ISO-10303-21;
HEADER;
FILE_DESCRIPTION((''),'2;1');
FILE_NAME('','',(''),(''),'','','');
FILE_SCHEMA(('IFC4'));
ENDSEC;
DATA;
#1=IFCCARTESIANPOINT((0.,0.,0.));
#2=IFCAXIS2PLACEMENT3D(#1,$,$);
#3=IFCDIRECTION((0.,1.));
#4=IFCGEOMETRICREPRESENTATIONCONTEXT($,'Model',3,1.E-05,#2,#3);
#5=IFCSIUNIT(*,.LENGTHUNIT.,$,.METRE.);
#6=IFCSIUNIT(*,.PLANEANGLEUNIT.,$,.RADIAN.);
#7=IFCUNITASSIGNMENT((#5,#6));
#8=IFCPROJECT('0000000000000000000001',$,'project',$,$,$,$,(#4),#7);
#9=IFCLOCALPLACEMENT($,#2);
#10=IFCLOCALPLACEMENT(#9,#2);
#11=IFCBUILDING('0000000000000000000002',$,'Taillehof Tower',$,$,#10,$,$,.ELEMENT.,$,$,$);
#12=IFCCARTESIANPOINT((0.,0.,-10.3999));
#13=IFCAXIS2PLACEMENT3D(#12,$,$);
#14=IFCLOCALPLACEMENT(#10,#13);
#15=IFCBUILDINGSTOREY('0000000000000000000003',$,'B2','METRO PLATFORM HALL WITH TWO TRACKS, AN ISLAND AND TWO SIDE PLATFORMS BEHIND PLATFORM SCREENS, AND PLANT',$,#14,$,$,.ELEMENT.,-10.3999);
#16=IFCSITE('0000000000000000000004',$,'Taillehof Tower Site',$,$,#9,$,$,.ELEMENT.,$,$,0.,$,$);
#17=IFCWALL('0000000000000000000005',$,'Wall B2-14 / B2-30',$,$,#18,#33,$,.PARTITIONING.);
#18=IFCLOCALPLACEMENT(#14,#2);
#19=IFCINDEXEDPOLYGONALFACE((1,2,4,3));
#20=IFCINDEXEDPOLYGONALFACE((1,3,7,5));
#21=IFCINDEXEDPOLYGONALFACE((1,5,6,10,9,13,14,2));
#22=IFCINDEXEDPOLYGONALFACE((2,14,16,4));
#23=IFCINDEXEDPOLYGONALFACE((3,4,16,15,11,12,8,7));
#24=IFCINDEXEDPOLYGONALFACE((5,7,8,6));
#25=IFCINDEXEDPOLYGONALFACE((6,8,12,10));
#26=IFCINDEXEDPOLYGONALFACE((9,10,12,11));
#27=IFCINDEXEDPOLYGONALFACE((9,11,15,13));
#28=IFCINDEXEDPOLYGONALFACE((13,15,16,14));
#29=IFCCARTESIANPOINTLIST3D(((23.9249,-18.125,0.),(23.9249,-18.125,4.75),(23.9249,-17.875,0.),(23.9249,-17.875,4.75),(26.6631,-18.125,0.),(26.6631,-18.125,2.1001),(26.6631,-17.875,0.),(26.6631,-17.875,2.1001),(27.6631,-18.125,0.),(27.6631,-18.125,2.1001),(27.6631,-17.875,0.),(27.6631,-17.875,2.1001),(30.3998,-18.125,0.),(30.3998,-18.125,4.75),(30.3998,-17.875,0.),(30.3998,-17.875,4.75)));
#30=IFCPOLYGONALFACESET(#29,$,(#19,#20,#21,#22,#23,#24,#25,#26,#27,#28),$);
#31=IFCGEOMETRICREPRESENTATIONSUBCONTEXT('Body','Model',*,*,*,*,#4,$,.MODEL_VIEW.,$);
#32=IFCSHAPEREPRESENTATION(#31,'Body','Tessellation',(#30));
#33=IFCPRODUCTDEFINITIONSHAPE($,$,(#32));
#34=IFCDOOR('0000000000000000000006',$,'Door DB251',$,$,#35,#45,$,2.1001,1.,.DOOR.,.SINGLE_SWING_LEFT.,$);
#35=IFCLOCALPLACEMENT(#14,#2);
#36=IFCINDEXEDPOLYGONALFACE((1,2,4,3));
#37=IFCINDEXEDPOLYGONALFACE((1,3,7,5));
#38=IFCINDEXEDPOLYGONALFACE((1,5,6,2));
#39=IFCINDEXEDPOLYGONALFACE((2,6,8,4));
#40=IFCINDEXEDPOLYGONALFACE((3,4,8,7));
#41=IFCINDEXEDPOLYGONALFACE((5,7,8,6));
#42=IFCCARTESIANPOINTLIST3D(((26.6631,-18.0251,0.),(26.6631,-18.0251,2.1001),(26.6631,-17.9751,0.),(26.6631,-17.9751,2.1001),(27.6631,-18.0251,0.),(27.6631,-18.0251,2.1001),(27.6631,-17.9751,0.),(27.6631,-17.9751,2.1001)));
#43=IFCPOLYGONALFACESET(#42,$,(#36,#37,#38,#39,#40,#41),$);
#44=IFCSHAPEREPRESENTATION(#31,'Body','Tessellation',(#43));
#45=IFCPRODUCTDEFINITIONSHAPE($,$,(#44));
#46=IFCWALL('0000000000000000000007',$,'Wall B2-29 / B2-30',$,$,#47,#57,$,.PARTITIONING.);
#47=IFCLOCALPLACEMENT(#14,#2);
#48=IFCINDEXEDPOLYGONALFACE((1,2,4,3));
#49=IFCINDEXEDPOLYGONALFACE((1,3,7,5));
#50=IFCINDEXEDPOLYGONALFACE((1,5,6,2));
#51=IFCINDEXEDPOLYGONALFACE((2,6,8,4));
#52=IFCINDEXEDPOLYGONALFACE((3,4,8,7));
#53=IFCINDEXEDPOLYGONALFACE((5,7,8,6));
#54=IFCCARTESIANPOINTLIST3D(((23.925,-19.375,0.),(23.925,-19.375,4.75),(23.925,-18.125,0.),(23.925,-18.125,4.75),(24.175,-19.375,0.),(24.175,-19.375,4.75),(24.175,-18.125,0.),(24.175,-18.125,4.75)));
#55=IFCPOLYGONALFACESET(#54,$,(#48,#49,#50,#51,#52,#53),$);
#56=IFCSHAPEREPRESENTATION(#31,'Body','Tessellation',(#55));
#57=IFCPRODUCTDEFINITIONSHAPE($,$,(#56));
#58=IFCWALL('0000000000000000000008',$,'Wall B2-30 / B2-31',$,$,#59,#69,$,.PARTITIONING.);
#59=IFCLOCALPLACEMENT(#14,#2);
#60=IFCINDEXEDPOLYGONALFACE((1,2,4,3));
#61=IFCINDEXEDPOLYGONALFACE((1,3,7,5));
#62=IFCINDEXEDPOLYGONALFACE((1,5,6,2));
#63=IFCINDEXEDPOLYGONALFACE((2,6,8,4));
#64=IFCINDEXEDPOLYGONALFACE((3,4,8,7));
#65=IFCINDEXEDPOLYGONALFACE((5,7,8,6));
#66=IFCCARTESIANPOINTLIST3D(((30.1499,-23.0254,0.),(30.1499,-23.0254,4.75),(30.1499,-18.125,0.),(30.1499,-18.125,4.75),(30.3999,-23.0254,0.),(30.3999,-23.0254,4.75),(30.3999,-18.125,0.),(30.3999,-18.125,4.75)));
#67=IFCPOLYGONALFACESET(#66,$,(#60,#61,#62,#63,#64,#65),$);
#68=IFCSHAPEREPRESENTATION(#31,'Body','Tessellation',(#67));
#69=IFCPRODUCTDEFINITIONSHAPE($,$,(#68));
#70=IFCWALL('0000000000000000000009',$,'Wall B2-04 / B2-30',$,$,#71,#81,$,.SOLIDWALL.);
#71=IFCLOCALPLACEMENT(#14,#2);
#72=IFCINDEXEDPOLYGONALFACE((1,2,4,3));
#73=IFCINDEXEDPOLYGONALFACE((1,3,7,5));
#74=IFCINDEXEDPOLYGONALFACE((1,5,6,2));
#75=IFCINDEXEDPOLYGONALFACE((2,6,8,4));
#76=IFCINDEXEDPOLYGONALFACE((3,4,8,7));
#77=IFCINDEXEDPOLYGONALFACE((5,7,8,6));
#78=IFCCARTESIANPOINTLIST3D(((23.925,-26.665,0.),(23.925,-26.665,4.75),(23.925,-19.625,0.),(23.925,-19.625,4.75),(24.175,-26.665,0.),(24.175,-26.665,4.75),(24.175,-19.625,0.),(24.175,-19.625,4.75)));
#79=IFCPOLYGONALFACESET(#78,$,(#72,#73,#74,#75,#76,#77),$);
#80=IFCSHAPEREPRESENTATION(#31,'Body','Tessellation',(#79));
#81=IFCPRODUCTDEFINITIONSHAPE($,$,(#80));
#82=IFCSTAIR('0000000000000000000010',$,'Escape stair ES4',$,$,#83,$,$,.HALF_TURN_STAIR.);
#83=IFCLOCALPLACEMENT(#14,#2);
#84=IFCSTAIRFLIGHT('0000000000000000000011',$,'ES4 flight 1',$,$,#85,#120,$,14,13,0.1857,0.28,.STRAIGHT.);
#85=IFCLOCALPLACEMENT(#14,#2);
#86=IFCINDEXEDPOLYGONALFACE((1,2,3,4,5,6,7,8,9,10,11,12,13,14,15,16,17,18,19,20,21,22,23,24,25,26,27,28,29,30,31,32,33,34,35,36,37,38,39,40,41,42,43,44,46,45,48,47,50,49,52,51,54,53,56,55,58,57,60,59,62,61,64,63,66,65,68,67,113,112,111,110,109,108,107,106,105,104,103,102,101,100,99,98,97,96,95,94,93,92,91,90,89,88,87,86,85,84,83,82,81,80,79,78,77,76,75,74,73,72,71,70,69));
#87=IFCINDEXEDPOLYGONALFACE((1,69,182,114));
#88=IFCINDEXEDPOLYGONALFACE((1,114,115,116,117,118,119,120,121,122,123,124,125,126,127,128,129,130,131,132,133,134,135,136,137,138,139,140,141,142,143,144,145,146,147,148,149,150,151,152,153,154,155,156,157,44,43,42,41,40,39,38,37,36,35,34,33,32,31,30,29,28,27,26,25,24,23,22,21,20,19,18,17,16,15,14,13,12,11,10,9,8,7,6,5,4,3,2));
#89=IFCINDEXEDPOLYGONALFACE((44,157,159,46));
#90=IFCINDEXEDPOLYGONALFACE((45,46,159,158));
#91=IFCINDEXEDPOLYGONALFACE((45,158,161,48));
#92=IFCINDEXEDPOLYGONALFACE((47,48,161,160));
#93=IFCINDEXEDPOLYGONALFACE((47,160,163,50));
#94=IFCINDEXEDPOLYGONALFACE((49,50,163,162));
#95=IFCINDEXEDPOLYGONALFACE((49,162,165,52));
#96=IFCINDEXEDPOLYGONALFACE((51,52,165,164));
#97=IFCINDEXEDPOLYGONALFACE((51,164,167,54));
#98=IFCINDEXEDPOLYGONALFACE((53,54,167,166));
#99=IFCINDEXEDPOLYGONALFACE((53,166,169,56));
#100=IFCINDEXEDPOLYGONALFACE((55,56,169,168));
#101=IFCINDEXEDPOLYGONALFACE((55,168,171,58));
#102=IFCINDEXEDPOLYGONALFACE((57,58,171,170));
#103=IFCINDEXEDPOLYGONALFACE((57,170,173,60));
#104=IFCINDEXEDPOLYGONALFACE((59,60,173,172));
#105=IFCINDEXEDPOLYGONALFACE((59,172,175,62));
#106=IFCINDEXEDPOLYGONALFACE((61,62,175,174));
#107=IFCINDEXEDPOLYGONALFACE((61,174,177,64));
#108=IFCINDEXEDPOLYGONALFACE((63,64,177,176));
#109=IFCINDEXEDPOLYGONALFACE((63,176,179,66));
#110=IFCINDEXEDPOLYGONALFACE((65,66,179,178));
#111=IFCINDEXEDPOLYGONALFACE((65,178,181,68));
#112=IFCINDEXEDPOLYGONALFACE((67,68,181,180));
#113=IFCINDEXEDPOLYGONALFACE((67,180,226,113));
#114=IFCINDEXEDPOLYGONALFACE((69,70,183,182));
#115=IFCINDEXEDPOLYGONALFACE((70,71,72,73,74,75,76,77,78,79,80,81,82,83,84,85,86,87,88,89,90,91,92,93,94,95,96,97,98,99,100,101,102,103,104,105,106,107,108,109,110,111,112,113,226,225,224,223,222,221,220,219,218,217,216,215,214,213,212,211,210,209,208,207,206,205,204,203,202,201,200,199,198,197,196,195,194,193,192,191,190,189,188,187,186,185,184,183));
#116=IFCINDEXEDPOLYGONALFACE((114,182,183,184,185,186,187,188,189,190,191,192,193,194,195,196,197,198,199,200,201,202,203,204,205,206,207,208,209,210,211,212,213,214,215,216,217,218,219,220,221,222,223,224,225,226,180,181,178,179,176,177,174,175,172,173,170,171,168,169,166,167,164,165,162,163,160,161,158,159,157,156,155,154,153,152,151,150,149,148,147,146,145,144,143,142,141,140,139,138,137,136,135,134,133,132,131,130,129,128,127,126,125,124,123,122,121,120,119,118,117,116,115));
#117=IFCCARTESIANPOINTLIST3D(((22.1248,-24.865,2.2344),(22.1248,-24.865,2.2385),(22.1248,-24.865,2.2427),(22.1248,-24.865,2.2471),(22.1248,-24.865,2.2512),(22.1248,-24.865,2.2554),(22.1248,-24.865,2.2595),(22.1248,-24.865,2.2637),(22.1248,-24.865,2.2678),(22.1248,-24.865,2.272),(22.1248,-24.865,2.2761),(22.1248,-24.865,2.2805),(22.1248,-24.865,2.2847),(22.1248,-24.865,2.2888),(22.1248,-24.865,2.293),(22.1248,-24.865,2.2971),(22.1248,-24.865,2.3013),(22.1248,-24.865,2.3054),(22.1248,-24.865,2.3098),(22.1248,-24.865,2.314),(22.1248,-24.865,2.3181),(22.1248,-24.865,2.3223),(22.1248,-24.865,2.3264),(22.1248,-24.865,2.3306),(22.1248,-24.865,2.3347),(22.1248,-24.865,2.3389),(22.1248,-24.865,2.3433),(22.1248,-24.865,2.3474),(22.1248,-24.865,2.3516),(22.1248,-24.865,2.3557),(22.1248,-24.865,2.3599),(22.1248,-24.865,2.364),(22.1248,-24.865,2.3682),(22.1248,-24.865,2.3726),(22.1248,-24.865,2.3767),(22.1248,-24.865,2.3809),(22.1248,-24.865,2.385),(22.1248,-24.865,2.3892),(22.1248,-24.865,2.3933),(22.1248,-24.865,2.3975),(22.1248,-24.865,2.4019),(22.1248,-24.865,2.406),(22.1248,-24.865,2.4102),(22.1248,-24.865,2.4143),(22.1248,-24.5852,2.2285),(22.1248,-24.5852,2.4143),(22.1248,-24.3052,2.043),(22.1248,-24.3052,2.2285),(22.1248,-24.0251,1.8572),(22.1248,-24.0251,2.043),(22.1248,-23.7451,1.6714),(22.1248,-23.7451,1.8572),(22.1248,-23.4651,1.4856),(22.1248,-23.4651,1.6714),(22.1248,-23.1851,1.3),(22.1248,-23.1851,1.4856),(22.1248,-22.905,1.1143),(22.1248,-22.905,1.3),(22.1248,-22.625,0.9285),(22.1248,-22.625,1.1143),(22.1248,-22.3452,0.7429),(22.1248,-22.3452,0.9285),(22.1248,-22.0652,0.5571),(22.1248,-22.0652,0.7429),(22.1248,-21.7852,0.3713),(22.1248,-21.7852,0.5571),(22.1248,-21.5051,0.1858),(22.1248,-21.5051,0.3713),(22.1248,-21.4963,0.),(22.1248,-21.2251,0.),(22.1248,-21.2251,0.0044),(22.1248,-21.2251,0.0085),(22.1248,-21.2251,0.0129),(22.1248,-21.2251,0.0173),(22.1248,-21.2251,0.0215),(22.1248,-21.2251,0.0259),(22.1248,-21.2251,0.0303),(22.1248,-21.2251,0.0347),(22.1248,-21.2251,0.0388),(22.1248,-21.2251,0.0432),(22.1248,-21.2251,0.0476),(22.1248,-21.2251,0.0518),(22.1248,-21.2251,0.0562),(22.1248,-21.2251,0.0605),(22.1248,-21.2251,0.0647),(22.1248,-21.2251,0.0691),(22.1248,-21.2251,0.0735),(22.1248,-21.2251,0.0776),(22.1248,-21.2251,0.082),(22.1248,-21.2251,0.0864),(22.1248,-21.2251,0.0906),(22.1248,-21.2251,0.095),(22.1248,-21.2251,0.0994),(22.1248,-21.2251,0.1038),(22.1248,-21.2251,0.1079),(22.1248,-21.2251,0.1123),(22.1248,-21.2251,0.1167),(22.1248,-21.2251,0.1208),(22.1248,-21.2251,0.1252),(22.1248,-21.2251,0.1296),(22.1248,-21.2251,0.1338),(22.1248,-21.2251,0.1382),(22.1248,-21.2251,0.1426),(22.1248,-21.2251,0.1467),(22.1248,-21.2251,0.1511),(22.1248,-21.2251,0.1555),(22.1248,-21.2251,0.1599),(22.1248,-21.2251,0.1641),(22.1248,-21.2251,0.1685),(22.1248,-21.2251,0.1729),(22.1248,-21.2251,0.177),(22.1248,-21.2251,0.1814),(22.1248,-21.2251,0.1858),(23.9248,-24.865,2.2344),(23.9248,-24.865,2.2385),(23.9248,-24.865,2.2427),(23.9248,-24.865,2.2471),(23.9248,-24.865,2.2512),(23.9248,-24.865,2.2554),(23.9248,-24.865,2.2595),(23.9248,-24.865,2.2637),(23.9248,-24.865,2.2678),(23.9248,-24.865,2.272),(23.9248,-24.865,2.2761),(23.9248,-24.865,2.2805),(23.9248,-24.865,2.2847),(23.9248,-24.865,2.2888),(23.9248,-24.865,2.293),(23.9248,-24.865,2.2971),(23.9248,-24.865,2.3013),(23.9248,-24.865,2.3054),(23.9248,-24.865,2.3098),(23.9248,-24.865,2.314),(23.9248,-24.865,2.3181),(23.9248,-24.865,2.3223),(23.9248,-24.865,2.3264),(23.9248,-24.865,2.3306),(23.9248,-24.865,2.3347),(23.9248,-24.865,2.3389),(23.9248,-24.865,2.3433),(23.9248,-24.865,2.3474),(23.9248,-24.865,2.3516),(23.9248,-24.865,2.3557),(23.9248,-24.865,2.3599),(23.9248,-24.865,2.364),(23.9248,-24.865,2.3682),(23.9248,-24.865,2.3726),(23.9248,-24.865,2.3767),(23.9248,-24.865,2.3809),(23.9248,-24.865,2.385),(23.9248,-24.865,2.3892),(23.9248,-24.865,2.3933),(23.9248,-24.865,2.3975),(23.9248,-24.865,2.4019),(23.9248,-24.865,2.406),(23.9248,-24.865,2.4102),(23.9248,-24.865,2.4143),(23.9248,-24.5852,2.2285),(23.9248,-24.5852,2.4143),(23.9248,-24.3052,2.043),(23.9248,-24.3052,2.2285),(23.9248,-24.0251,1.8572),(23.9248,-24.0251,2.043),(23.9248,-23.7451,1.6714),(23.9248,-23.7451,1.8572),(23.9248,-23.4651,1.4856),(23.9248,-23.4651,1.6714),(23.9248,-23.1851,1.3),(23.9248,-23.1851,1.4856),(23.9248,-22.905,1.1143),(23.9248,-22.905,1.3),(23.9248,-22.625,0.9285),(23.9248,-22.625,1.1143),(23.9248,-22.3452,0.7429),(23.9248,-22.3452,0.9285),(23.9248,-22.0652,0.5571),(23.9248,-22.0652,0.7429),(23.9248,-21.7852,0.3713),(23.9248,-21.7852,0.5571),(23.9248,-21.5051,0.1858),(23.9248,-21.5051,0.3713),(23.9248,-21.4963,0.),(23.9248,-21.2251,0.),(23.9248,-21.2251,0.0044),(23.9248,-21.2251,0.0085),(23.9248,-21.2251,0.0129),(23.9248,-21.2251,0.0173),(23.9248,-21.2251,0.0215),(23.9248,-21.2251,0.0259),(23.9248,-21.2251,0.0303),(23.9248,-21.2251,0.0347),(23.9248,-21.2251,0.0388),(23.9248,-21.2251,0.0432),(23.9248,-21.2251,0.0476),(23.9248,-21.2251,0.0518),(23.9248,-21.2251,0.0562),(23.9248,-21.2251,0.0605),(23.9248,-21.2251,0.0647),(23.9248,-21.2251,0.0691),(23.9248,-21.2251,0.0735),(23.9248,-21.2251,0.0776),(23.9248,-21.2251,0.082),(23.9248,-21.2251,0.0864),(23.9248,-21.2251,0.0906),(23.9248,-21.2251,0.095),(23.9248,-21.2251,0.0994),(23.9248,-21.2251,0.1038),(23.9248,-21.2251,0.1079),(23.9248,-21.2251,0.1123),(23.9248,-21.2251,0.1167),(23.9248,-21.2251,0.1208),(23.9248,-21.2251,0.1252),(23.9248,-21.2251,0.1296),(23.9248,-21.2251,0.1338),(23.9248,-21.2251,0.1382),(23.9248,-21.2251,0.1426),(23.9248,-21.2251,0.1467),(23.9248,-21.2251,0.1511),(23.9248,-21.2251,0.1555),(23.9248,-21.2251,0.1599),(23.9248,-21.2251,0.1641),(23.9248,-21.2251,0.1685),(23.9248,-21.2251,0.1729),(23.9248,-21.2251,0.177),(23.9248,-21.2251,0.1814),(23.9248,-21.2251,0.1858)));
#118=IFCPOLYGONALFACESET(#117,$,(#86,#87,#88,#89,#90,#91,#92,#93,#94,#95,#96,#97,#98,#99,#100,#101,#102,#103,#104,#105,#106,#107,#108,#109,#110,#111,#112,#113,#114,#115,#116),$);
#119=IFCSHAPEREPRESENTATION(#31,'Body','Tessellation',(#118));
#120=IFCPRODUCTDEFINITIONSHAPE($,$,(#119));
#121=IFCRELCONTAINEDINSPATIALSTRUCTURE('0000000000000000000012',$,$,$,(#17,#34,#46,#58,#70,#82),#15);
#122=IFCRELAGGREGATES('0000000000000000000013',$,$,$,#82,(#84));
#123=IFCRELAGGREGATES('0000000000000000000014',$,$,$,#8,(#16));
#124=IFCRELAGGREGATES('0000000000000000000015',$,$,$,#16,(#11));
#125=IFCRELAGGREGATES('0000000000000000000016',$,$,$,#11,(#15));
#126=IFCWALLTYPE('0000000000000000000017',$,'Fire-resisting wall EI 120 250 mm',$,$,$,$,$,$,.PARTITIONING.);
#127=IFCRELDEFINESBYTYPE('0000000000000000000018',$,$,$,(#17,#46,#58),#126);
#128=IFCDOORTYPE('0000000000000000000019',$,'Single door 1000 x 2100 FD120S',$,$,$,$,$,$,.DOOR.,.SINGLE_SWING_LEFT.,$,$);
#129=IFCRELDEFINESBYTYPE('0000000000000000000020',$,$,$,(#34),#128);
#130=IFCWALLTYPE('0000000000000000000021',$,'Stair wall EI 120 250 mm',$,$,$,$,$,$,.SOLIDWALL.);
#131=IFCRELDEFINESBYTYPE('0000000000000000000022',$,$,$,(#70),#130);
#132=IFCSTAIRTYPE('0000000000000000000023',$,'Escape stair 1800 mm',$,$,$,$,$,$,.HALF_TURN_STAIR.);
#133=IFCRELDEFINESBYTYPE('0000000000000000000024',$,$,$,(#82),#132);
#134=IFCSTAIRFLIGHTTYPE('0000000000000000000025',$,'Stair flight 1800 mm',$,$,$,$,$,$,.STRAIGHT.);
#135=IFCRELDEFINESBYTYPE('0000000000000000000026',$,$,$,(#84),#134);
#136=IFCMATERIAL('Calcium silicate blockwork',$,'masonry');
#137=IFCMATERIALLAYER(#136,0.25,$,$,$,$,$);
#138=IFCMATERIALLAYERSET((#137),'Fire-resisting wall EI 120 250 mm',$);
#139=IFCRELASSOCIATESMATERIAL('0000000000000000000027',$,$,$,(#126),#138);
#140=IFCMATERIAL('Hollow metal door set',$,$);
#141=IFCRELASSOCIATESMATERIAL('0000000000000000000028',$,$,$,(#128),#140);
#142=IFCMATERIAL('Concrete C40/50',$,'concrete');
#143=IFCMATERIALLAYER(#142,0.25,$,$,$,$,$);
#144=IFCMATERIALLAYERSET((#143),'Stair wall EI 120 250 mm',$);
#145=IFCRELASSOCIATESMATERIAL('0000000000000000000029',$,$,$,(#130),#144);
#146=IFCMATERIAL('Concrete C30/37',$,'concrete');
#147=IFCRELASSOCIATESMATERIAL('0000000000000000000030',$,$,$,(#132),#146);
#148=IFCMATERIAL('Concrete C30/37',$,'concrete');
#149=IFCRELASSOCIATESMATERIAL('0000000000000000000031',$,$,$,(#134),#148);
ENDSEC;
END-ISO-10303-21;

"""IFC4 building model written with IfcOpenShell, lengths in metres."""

from ifc_helpers import new_model, si_unit, direction, frame, frame_2d, origin, place, context, subcontext, project, spatial, polyline, rectangle, outline, extrude, material, layer, layer_set, type_object, element, fill, aggregate, save


model = new_model("IFC4")

# Units and contexts
model_context = context("Model", 3, precision=1e-05, world=origin(), true_north=direction((0.0, 1.0)))
body_context = subcontext(model_context, "Body", "Model", "MODEL_VIEW")
ifc_project = project(units=[si_unit("LENGTHUNIT", "METRE"), si_unit("PLANEANGLEUNIT", "RADIAN")], contexts=[model_context])

# Site, building, storey
site_placement = place(None, origin())
site = spatial("IfcSite", under=ifc_project, at=site_placement, Name="Taillehof Tower Site", CompositionType="ELEMENT", RefElevation=0.0)
building_placement = place(site_placement, origin())
building = spatial("IfcBuilding", under=site, at=building_placement, Name="Taillehof Tower", CompositionType="ELEMENT")
storey_placement = place(building_placement, frame((0.0, 0.0, -10.3999)))
storey = spatial("IfcBuildingStorey", under=building, at=storey_placement, Name="B2", Description="METRO PLATFORM HALL WITH TWO TRACKS, AN ISLAND AND TWO SIDE PLATFORMS BEHIND PLATFORM SCREENS, AND PLANT", CompositionType="ELEMENT", Elevation=-10.3999)

# Wall, opening, door
ifc_material_1 = material(Name="Calcium silicate blockwork", Category="masonry")
ifc_layer_1 = layer(ifc_material_1, 0.25)
ifc_layer_set_1 = layer_set([ifc_layer_1], Name="Fire-resisting wall EI 120 250 mm")
wall_type_1 = type_object("IfcWallType", Name="Fire-resisting wall EI 120 250 mm", PredefinedType="PARTITIONING", material=ifc_layer_set_1)
wall_1_placement = place(storey_placement, frame((23.925, -18.0, 0.0), z_axis=(0.0, 0.0, 1.0), x_axis=(1.0, 0.0, 0.0)))
wall_1 = element("IfcWall", 1, at=wall_1_placement, inside=storey, type_object=wall_type_1, Name="Wall B2-14 / B2-30", PredefinedType="PARTITIONING", context=body_context, shape_type="SweptSolid", body=[
    extrude(rectangle(XDim=6.4749, YDim=0.25, at=frame_2d((3.2373, 0.0))), origin(), (0.0, 0.0, 1.0), 4.75),
])
opening_placement = place(wall_1_placement, frame((2.738, 0.0, 0.0)))
opening = element("IfcOpeningElement", 2, at=opening_placement, cuts=wall_1, PredefinedType="OPENING", context=body_context, shape_type="SweptSolid", body=[
    extrude(rectangle(XDim=1.0, YDim=2.1001, at=frame_2d((0.5, 1.05))), frame((0.0, 0.135, 0.0), z_axis=(0.0, -1.0, 0.0), x_axis=(1.0, 0.0, 0.0)), (0.0, 0.0, 1.0), 0.27),
])
ifc_material_2 = material(Name="Hollow metal door set")
door_type = type_object("IfcDoorType", Name="Single door 1000 x 2100 FD120S", OperationType="SINGLE_SWING_LEFT", PredefinedType="DOOR", material=ifc_material_2)
door_placement = place(opening_placement, origin())
door = element("IfcDoor", 3, at=door_placement, inside=storey, type_object=door_type, Name="Door DB251", OperationType="SINGLE_SWING_LEFT", OverallHeight=2.1001, OverallWidth=1.0, PredefinedType="DOOR", context=body_context, shape_type="SweptSolid", body=[
    extrude(rectangle(XDim=1.0, YDim=2.1001, at=frame_2d((0.5, 1.05))), frame((0.0, 0.0249, 0.0), z_axis=(0.0, -1.0, 0.0), x_axis=(1.0, 0.0, 0.0)), (0.0, 0.0, 1.0), 0.05),
])
fill(opening, door)

# Walls
wall_2_placement = place(storey_placement, frame((24.05, -19.375, 0.0), z_axis=(0.0, 0.0, 1.0), x_axis=(0.0, 1.0, 0.0)))
element("IfcWall", 4, at=wall_2_placement, inside=storey, type_object=wall_type_1, Name="Wall B2-29 / B2-30", PredefinedType="PARTITIONING", context=body_context, shape_type="SweptSolid", body=[
    extrude(rectangle(XDim=1.25, YDim=0.25, at=frame_2d((0.625, 0.0))), origin(), (0.0, 0.0, 1.0), 4.75),
])
wall_3_placement = place(storey_placement, frame((30.2749, -23.0254, 0.0), z_axis=(0.0, 0.0, 1.0), x_axis=(0.0, 1.0, 0.0)))
element("IfcWall", 5, at=wall_3_placement, inside=storey, type_object=wall_type_1, Name="Wall B2-30 / B2-31", PredefinedType="PARTITIONING", context=body_context, shape_type="SweptSolid", body=[
    extrude(rectangle(XDim=4.9004, YDim=0.25, at=frame_2d((2.4502, 0.0))), origin(), (0.0, 0.0, 1.0), 4.75),
])
ifc_material_3 = material(Name="Concrete C40/50", Category="concrete")
ifc_layer_2 = layer(ifc_material_3, 0.25)
ifc_layer_set_2 = layer_set([ifc_layer_2], Name="Stair wall EI 120 250 mm")
wall_type_2 = type_object("IfcWallType", Name="Stair wall EI 120 250 mm", PredefinedType="SOLIDWALL", material=ifc_layer_set_2)
wall_4_placement = place(storey_placement, frame((24.05, -26.665, 0.0), z_axis=(0.0, 0.0, 1.0), x_axis=(0.0, 1.0, 0.0)))
element("IfcWall", 6, at=wall_4_placement, inside=storey, type_object=wall_type_2, Name="Wall B2-04 / B2-30", PredefinedType="SOLIDWALL", context=body_context, shape_type="SweptSolid", body=[
    extrude(rectangle(XDim=7.04, YDim=0.25, at=frame_2d((3.52, 0.0))), origin(), (0.0, 0.0, 1.0), 4.75),
])

# Stair, stair flight
ifc_material_4 = material(Name="Concrete C30/37", Category="concrete")
stair_type = type_object("IfcStairType", Name="Escape stair 1800 mm", PredefinedType="HALF_TURN_STAIR", material=ifc_material_4)
stair_placement = place(storey_placement, origin())
stair = element("IfcStair", 7, at=stair_placement, inside=storey, type_object=stair_type, Name="Escape stair ES4", PredefinedType="HALF_TURN_STAIR")
ifc_material_5 = material(Name="Concrete C30/37", Category="concrete")
stair_flight_type = type_object("IfcStairFlightType", Name="Stair flight 1800 mm", PredefinedType="STRAIGHT", material=ifc_material_5)
stair_flight_placement = place(storey_placement, frame((23.0249, -21.2251, 0.0), z_axis=(0.0, 0.0, 1.0), x_axis=(0.0, -1.0, 0.0)))
stair_flight = element("IfcStairFlight", 8, at=stair_flight_placement, type_object=stair_flight_type, Name="ES4 flight 1", NumberOfRisers=14, NumberOfTreads=13, PredefinedType="STRAIGHT", RiserHeight=0.1857, TreadLength=0.28, context=body_context, shape_type="SweptSolid", body=[
    extrude(outline(polyline([(0.0, 0.0), (0.0, 0.0044), (0.0, 0.0085), (0.0, 0.0129), (0.0, 0.0173), (0.0, 0.0215), (0.0, 0.0259), (0.0, 0.0303), (0.0, 0.0347), (0.0, 0.0388), (0.0, 0.0432), (0.0, 0.0476), (0.0, 0.0518), (0.0, 0.0562), (0.0, 0.0605), (0.0, 0.0647), (0.0, 0.0691), (0.0, 0.0735), (0.0, 0.0776), (0.0, 0.082), (0.0, 0.0864), (0.0, 0.0906), (0.0, 0.095), (0.0, 0.0994), (0.0, 0.1038), (0.0, 0.1079), (0.0, 0.1123), (0.0, 0.1167), (0.0, 0.1208), (0.0, 0.1252), (0.0, 0.1296), (0.0, 0.1338), (0.0, 0.1382), (0.0, 0.1426), (0.0, 0.1467), (0.0, 0.1511), (0.0, 0.1555), (0.0, 0.1599), (0.0, 0.1641), (0.0, 0.1685), (0.0, 0.1729), (0.0, 0.177), (0.0, 0.1814), (0.0, 0.1858), (0.28, 0.1858), (0.28, 0.3713), (0.5601, 0.3713), (0.5601, 0.5571), (0.8401, 0.5571), (0.8401, 0.7429), (1.1201, 0.7429), (1.1201, 0.9285), (1.3999, 0.9285), (1.3999, 1.1143), (1.6799, 1.1143), (1.6799, 1.3), (1.96, 1.3), (1.96, 1.4856), (2.24, 1.4856), (2.24, 1.6714), (2.52, 1.6714), (2.52, 1.8572), (2.8, 1.8572), (2.8, 2.043), (3.0801, 2.043), (3.0801, 2.2285), (3.3601, 2.2285), (3.3601, 2.4143), (3.6399, 2.4143), (3.6399, 2.4102), (3.6399, 2.406), (3.6399, 2.4019), (3.6399, 2.3975), (3.6399, 2.3933), (3.6399, 2.3892), (3.6399, 2.385), (3.6399, 2.3809), (3.6399, 2.3767), (3.6399, 2.3726), (3.6399, 2.3682), (3.6399, 2.364), (3.6399, 2.3599), (3.6399, 2.3557), (3.6399, 2.3516), (3.6399, 2.3474), (3.6399, 2.3433), (3.6399, 2.3389), (3.6399, 2.3347), (3.6399, 2.3306), (3.6399, 2.3264), (3.6399, 2.3223), (3.6399, 2.3181), (3.6399, 2.314), (3.6399, 2.3098), (3.6399, 2.3054), (3.6399, 2.3013), (3.6399, 2.2971), (3.6399, 2.293), (3.6399, 2.2888), (3.6399, 2.2847), (3.6399, 2.2805), (3.6399, 2.2761), (3.6399, 2.272), (3.6399, 2.2678), (3.6399, 2.2637), (3.6399, 2.2595), (3.6399, 2.2554), (3.6399, 2.2512), (3.6399, 2.2471), (3.6399, 2.2427), (3.6399, 2.2385), (3.6399, 2.2344), (0.2712, 0.0), (0.0, 0.0)])), frame((0.0, 0.8999, 0.0), z_axis=(0.0, -1.0, 0.0), x_axis=(1.0, 0.0, 0.0)), (0.0, 0.0, 1.0), 1.8),
])
aggregate(stair, [stair_flight])

save(model, "model.ifc")
